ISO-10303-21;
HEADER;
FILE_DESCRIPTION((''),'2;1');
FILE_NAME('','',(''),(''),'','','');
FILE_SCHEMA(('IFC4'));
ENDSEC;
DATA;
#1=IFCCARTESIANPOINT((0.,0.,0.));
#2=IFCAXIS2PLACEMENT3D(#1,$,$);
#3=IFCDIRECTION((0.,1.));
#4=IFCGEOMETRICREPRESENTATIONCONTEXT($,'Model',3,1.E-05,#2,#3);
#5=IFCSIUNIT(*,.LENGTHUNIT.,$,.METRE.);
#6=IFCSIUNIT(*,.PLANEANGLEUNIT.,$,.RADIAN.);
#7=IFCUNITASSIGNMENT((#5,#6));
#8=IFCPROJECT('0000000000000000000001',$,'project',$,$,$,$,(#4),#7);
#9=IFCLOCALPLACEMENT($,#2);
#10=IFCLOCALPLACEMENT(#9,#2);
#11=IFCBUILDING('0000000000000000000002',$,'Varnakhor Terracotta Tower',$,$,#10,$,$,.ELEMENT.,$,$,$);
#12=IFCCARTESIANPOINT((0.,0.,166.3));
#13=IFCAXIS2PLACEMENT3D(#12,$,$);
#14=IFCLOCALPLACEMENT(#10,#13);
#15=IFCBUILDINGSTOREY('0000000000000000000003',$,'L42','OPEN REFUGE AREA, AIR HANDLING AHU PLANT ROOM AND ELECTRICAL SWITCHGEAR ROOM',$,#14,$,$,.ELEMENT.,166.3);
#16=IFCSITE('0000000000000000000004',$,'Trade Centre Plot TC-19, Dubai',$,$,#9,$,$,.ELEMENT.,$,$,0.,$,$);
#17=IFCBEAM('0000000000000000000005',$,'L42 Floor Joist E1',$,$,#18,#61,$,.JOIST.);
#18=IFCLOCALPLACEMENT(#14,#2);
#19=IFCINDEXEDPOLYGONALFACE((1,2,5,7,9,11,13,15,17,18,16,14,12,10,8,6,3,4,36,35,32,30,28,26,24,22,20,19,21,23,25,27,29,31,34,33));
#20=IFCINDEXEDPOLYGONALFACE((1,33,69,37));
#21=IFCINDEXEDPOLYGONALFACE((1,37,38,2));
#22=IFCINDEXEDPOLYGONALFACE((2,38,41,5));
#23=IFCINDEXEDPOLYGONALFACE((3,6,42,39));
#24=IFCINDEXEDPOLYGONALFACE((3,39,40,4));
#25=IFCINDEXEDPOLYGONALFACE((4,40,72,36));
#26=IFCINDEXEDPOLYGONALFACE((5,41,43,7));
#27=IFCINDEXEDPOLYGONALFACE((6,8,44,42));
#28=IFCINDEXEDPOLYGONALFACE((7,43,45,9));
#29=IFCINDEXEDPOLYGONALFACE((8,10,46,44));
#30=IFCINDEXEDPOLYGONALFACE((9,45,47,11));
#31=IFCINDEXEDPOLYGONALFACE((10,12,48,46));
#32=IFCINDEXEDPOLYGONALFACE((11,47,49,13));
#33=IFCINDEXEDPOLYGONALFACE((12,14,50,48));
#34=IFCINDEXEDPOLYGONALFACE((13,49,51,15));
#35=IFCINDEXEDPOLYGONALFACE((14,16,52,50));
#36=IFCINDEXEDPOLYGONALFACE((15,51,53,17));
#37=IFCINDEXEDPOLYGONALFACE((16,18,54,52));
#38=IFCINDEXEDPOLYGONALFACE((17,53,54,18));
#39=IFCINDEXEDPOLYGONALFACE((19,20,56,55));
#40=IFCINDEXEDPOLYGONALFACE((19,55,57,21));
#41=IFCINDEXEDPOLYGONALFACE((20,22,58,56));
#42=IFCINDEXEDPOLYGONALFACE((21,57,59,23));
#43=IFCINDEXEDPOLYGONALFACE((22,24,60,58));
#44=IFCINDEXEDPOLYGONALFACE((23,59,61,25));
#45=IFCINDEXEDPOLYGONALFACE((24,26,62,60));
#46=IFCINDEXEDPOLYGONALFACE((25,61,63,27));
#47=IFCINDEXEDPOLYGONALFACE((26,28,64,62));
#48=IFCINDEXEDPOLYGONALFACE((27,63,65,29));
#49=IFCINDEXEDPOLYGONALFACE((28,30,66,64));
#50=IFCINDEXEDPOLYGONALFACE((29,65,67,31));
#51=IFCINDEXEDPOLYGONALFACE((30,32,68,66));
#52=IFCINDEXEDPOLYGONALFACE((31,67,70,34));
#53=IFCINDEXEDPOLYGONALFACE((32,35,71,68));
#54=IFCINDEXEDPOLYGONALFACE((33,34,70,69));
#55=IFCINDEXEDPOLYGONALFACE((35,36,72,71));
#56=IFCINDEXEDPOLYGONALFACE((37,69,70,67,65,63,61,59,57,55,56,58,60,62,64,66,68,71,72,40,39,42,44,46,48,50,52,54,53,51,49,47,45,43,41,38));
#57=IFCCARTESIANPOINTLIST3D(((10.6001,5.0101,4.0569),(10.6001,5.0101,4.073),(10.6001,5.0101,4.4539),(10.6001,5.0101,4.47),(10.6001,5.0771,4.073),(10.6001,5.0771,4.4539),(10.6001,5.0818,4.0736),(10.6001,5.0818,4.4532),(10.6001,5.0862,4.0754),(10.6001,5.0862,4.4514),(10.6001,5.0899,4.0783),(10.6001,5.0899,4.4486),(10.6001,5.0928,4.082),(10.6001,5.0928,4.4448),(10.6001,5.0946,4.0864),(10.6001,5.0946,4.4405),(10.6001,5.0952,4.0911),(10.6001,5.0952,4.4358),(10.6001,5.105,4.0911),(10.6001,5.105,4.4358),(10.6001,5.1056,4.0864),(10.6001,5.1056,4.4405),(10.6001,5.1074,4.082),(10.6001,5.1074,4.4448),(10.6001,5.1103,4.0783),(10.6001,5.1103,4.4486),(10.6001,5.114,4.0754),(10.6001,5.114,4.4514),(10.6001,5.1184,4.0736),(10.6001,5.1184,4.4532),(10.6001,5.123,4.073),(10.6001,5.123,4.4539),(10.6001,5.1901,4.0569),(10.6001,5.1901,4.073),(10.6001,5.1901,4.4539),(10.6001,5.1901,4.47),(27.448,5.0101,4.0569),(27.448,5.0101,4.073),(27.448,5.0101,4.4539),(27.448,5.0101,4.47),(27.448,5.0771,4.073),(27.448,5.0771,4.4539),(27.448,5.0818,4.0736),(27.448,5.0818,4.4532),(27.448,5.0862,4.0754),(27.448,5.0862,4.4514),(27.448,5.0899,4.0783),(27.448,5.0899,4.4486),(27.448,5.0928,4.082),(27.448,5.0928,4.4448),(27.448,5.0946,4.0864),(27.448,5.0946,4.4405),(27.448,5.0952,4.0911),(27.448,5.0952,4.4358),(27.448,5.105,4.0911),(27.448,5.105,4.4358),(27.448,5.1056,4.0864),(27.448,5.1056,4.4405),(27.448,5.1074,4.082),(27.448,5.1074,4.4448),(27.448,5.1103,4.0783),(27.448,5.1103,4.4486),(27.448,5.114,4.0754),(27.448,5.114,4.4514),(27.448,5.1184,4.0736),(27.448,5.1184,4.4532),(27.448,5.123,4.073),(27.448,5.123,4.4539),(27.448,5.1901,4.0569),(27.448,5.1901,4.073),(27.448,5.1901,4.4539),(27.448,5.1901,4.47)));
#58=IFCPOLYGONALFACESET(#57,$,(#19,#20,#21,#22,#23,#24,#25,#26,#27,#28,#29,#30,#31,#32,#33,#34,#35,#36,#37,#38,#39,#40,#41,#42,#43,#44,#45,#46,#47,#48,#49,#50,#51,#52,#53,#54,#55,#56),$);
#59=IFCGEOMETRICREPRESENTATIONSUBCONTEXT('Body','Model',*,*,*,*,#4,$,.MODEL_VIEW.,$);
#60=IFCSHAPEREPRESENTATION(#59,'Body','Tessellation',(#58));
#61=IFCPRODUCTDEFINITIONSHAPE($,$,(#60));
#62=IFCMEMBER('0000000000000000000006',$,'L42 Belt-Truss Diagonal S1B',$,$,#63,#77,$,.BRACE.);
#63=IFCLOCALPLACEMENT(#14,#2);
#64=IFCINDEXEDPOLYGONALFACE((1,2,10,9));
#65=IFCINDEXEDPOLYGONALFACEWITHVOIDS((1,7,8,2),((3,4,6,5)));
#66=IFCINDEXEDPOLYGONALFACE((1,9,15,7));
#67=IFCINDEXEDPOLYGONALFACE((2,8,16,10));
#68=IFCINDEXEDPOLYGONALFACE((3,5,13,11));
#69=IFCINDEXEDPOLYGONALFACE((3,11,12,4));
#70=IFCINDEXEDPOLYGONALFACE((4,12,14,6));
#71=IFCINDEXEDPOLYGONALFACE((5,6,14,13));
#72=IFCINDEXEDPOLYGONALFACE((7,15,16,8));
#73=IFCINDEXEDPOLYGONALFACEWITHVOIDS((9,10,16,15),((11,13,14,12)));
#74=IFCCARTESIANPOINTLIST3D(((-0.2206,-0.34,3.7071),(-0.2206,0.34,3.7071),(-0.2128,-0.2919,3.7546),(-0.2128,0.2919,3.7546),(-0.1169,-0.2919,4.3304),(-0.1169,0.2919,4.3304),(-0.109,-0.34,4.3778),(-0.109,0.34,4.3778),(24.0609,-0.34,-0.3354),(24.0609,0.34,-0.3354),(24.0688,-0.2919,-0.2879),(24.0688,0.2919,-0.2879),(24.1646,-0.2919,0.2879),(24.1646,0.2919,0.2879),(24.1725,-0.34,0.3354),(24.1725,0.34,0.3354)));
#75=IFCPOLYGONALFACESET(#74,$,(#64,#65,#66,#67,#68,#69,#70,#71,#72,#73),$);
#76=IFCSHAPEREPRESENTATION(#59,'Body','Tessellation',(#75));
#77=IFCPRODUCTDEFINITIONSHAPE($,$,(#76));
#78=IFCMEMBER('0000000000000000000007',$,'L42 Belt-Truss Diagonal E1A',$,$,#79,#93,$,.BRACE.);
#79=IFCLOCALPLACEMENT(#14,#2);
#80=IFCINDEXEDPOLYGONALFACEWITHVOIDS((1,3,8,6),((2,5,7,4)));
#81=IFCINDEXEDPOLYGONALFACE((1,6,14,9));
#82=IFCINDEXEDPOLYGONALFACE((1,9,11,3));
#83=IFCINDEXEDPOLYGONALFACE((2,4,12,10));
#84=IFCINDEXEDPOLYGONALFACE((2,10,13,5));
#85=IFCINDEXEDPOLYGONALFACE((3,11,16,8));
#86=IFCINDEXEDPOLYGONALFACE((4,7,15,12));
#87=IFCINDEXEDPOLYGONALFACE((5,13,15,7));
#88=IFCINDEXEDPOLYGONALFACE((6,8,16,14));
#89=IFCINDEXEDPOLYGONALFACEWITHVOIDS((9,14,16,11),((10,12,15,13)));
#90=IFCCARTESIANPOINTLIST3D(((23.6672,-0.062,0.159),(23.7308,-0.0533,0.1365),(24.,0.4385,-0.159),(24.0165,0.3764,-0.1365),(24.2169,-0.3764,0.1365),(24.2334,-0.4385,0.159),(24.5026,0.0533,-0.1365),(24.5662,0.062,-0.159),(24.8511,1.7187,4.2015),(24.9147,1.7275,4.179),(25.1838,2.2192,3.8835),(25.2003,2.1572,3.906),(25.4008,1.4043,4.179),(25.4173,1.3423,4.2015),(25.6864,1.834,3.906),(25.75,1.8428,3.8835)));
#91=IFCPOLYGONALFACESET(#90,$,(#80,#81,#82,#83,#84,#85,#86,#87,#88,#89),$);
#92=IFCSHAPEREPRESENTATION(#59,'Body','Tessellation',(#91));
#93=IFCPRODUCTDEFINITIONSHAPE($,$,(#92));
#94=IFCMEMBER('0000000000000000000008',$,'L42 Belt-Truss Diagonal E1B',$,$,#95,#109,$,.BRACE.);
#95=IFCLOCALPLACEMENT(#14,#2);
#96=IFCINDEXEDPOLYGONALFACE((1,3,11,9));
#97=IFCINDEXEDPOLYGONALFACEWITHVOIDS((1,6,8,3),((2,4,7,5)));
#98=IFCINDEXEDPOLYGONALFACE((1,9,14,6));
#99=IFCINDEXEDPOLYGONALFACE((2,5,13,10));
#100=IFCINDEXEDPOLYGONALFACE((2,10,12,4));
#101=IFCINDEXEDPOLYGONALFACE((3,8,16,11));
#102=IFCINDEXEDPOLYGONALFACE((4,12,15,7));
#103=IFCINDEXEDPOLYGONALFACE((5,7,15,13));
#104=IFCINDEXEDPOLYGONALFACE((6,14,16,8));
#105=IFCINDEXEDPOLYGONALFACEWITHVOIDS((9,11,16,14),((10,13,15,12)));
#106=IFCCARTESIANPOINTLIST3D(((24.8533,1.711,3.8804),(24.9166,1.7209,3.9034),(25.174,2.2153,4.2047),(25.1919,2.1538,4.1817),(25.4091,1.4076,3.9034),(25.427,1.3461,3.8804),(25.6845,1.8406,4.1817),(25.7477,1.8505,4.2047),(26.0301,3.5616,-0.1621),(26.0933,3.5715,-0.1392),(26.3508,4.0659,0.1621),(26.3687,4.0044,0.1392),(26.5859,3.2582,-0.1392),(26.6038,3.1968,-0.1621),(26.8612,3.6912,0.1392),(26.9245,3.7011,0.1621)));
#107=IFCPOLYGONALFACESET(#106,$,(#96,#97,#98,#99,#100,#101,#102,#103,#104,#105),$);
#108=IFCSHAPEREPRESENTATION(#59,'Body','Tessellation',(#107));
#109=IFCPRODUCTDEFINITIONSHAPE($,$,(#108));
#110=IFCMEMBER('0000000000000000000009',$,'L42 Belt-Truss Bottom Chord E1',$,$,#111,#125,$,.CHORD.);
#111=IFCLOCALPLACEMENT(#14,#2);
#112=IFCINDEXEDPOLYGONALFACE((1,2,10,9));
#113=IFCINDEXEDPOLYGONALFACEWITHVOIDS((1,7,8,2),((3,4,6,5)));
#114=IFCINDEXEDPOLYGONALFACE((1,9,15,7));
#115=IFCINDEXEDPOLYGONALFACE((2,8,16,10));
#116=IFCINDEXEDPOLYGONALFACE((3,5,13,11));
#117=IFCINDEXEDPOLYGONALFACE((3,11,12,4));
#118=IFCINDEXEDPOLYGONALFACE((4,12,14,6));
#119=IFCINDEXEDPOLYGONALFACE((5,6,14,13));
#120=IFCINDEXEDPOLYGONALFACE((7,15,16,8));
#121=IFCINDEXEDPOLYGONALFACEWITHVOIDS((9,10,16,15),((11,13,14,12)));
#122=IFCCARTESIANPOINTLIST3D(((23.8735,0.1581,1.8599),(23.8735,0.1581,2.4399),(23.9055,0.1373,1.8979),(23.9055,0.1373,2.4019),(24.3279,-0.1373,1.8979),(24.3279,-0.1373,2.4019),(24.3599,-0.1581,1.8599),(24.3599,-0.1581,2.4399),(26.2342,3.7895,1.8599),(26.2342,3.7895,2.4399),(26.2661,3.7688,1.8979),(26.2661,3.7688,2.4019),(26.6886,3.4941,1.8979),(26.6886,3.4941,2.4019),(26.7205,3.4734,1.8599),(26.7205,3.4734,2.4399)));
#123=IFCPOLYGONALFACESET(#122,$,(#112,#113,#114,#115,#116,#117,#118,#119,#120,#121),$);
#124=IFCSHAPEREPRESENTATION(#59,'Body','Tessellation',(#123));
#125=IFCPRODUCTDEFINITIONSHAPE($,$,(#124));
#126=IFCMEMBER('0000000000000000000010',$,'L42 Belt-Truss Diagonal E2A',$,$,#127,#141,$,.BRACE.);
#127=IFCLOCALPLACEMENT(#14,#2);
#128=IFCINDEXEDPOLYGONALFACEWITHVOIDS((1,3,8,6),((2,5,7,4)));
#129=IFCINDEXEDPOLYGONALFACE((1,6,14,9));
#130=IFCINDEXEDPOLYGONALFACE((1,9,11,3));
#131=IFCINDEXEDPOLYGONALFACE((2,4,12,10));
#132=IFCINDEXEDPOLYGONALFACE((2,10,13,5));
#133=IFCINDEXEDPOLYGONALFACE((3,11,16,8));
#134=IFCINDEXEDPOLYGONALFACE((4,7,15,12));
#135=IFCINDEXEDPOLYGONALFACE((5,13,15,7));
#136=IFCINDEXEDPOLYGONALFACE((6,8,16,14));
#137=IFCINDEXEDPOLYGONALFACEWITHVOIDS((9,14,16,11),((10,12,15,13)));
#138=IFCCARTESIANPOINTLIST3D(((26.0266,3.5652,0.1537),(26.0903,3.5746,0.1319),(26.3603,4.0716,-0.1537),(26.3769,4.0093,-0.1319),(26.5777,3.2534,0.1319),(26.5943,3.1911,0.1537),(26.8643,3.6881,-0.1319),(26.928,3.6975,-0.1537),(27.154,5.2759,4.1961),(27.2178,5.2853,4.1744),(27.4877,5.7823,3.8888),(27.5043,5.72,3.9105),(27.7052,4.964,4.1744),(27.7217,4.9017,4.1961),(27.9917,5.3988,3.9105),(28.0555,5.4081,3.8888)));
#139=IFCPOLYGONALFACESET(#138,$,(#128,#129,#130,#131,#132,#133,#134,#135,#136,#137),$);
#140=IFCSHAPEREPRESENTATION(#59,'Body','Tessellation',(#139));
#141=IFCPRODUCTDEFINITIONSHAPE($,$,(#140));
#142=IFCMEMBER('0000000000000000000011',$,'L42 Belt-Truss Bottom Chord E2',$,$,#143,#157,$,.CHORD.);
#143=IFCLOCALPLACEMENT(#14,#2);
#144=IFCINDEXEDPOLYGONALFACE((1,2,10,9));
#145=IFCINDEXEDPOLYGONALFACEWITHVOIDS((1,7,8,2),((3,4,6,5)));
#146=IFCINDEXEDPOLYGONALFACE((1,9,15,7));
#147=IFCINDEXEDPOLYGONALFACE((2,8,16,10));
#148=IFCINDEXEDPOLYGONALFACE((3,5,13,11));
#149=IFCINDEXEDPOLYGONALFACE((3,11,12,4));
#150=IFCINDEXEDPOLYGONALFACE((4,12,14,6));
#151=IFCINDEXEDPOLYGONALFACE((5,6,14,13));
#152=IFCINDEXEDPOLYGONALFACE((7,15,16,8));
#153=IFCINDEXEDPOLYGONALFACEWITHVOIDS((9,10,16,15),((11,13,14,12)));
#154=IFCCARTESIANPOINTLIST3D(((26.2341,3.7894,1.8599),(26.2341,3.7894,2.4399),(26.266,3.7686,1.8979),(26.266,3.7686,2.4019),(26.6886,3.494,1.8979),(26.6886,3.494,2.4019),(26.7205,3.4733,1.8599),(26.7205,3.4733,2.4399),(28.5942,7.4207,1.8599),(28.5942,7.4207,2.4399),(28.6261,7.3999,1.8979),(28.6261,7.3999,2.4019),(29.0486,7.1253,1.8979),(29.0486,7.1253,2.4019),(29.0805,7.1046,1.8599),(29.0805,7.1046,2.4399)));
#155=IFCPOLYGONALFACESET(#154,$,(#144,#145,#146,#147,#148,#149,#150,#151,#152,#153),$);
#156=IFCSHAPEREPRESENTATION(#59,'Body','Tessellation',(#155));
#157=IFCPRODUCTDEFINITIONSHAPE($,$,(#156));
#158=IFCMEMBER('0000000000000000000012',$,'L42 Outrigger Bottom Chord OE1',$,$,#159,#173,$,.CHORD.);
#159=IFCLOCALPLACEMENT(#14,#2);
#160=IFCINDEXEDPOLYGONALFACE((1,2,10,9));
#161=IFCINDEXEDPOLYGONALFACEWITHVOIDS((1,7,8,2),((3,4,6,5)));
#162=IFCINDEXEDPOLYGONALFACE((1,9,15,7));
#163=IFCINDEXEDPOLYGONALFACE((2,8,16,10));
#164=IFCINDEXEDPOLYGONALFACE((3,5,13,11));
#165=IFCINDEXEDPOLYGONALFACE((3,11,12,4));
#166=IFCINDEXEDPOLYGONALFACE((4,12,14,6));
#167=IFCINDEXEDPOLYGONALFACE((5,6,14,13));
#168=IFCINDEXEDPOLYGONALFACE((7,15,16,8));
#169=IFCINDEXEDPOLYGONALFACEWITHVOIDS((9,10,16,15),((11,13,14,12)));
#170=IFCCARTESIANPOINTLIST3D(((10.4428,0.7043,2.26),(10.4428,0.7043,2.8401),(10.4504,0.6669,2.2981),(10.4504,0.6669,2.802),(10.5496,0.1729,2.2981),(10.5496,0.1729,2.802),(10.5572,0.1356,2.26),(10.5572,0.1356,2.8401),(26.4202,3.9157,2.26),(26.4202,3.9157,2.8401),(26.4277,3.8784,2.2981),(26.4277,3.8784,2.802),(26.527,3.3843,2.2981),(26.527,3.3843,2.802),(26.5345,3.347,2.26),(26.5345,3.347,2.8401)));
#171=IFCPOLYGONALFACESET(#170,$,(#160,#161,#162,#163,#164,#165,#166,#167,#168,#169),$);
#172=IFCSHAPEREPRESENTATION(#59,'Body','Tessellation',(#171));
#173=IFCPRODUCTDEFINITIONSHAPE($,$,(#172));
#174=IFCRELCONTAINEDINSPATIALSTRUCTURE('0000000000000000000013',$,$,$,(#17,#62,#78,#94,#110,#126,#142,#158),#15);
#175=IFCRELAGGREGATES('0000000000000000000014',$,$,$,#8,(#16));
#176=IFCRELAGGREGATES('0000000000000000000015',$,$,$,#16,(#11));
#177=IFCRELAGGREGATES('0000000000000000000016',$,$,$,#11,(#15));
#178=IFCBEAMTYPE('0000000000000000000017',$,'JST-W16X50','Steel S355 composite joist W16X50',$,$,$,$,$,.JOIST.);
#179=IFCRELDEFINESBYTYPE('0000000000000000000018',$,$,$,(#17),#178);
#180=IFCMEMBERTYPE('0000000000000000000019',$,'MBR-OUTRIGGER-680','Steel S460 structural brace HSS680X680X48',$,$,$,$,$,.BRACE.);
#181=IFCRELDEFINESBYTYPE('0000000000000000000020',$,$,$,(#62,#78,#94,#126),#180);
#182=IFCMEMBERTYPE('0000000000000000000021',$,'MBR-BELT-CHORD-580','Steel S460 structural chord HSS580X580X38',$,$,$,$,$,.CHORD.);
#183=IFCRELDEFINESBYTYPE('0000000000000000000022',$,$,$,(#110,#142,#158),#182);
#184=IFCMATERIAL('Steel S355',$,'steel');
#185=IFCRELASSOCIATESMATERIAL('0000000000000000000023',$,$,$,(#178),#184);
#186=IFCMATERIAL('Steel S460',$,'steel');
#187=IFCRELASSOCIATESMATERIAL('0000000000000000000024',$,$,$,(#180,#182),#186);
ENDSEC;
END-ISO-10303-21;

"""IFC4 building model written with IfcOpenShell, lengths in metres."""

from ifc_helpers import new_model, si_unit, direction, frame, origin, origin_2d, place, context, subcontext, project, spatial, hollow_rectangle, i_section, extrude, source, transform, mapped, material, material_profile, profile_set, type_object, element, save


model = new_model("IFC4")

# Units and contexts
model_context = context("Model", 3, precision=1e-05, world=origin(), true_north=direction((0.0, 1.0)))
body_context = subcontext(model_context, "Body", "Model", "MODEL_VIEW")
ifc_project = project(units=[si_unit("LENGTHUNIT", "METRE"), si_unit("PLANEANGLEUNIT", "RADIAN")], contexts=[model_context])

# Site, building, storey
site_placement = place(None, origin())
site = spatial("IfcSite", under=ifc_project, at=site_placement, Name="Trade Centre Plot TC-19, Dubai", CompositionType="ELEMENT", RefElevation=0.0)
building_placement = place(site_placement, origin())
building = spatial("IfcBuilding", under=site, at=building_placement, Name="Varnakhor Terracotta Tower", CompositionType="ELEMENT")
storey_placement = place(building_placement, frame((0.0, 0.0, 166.3)))
storey = spatial("IfcBuildingStorey", under=building, at=storey_placement, Name="L42", Description="OPEN REFUGE AREA, AIR HANDLING AHU PLANT ROOM AND ELECTRICAL SWITCHGEAR ROOM", CompositionType="ELEMENT", Elevation=166.3)

# Shared definitions
ifc_material_1 = material(Name="Steel S460", Category="steel")

# Beam
ifc_material_2 = material(Name="Steel S355", Category="steel")
ifc_material_profile_1 = material_profile(ifc_material_2, i_section(OverallWidth=0.1799, OverallDepth=0.4131, WebThickness=0.0098, FlangeThickness=0.0161, FilletRadius=0.0181, at=origin_2d()), Name="W16X50")
ifc_profile_set_1 = profile_set([ifc_material_profile_1], Name="Steel S355")
beam_type_1 = type_object("IfcBeamType", Name="JST-W16X50", Description="Steel S355 composite joist W16X50", PredefinedType="JOIST", material=ifc_profile_set_1)
shared_shape_1 = source(origin(), body_context, "Body", "SweptSolid", [
    extrude(i_section(OverallWidth=0.1799, OverallDepth=0.4131, WebThickness=0.0098, FlangeThickness=0.0161, FilletRadius=0.0181, at=origin_2d()), origin(), (0.0, 0.0, 1.0), 16.8479),
])
beam_1_placement = place(storey_placement, frame((10.6001, 5.1001, 4.2634), z_axis=(1.0, 0.0, 0.0), x_axis=(0.0, 1.0, 0.0)))
element("IfcBeam", 1, at=beam_1_placement, inside=storey, type_object=beam_type_1, Name="L42 Floor Joist E1", PredefinedType="JOIST", context=body_context, shape_type="MappedRepresentation", body=[
    mapped(shared_shape_1, transform((0.0, 0.0, 0.0), scale=1.0)),
])

# Members
ifc_material_profile_2 = material_profile(ifc_material_1, hollow_rectangle(XDim=0.6799, YDim=0.6799, WallThickness=0.0481, at=origin_2d()), Name="HSS680X680X48")
ifc_profile_set_2 = profile_set([ifc_material_profile_2], Name="Steel S460")
member_type_1 = type_object("IfcMemberType", Name="MBR-OUTRIGGER-680", Description="Steel S460 structural brace HSS680X680X48", PredefinedType="BRACE", material=ifc_profile_set_2)
shared_shape_2 = source(origin(), body_context, "Body", "SweptSolid", [
    extrude(hollow_rectangle(XDim=0.6799, YDim=0.6799, WallThickness=0.0481, at=origin_2d()), origin(), (0.0, 0.0, 1.0), 24.6157),
])
member_1_placement = place(storey_placement, frame((24.1167, 0.0, 0.0), z_axis=(-0.986423, 0.0, 0.164224), x_axis=(0.0, -1.0, 0.0)))
element("IfcMember", 2, at=member_1_placement, inside=storey, type_object=member_type_1, Name="L42 Belt-Truss Diagonal S1B", PredefinedType="BRACE", context=body_context, shape_type="MappedRepresentation", body=[
    mapped(shared_shape_2, transform((0.0, 0.0, 0.0), scale=1.0)),
])
shared_shape_3 = source(origin(), body_context, "Body", "SweptSolid", [
    extrude(hollow_rectangle(XDim=0.6799, YDim=0.6799, WallThickness=0.0481, at=origin_2d()), origin(), (0.0, 0.0, 1.0), 4.5732),
])
member_2_placement = place(storey_placement, frame((24.1167, 0.0, 0.0), z_axis=(0.258864, 0.38939, 0.883948), x_axis=(-0.83277, 0.553619, 0.0)))
element("IfcMember", 3, at=member_2_placement, inside=storey, type_object=member_type_1, Name="L42 Belt-Truss Diagonal E1A", PredefinedType="BRACE", context=body_context, shape_type="MappedRepresentation", body=[
    mapped(shared_shape_3, transform((0.0, 0.0, 0.0), scale=1.0)),
])
shared_shape_4 = source(origin(), body_context, "Body", "SweptSolid", [
    extrude(hollow_rectangle(XDim=0.6799, YDim=0.6799, WallThickness=0.0481, at=origin_2d()), origin(), (0.0, 0.0, 1.0), 4.5991),
])
member_3_placement = place(storey_placement, frame((26.4773, 3.6313, 0.0), z_axis=(-0.255871, -0.402386, 0.878985), x_axis=(0.843845, -0.536587, 0.0)))
element("IfcMember", 4, at=member_3_placement, inside=storey, type_object=member_type_1, Name="L42 Belt-Truss Diagonal E1B", PredefinedType="BRACE", context=body_context, shape_type="MappedRepresentation", body=[
    mapped(shared_shape_4, transform((0.0, 0.0, 0.0), scale=1.0)),
])
ifc_material_profile_3 = material_profile(ifc_material_1, hollow_rectangle(XDim=0.5801, YDim=0.5801, WallThickness=0.0381, at=origin_2d()), Name="HSS580X580X38")
ifc_profile_set_3 = profile_set([ifc_material_profile_3], Name="Steel S460")
member_type_2 = type_object("IfcMemberType", Name="MBR-BELT-CHORD-580", Description="Steel S460 structural chord HSS580X580X38", PredefinedType="CHORD", material=ifc_profile_set_3)
shared_shape_5 = source(origin(), body_context, "Body", "SweptSolid", [
    extrude(hollow_rectangle(XDim=0.5801, YDim=0.5801, WallThickness=0.0381, at=origin_2d()), origin(), (0.0, 0.0, 1.0), 4.3313),
])
member_4_placement = place(storey_placement, frame((24.1167, 0.0, 2.1499), z_axis=(0.545024, 0.83842, 0.0), x_axis=(-0.83842, 0.545024, 0.0)))
element("IfcMember", 5, at=member_4_placement, inside=storey, type_object=member_type_2, Name="L42 Belt-Truss Bottom Chord E1", PredefinedType="CHORD", context=body_context, shape_type="MappedRepresentation", body=[
    mapped(shared_shape_5, transform((0.0, 0.0, 0.0), scale=1.0)),
])
shared_shape_6 = source(origin(), body_context, "Body", "SweptSolid", [
    extrude(hollow_rectangle(XDim=0.6799, YDim=0.6799, WallThickness=0.0481, at=origin_2d()), origin(), (0.0, 0.0, 1.0), 4.532),
])
member_5_placement = place(storey_placement, frame((26.4773, 3.6313, 0.0), z_axis=(0.248772, 0.377468, 0.891981), x_axis=(-0.834972, 0.550293, 0.0)))
element("IfcMember", 6, at=member_5_placement, inside=storey, type_object=member_type_1, Name="L42 Belt-Truss Diagonal E2A", PredefinedType="BRACE", context=body_context, shape_type="MappedRepresentation", body=[
    mapped(shared_shape_6, transform((0.0, 0.0, 0.0), scale=1.0)),
])
shared_shape_7 = source(origin(), body_context, "Body", "SweptSolid", [
    extrude(hollow_rectangle(XDim=0.5801, YDim=0.5801, WallThickness=0.0381, at=origin_2d()), origin(), (0.0, 0.0, 1.0), 4.3308),
])
member_6_placement = place(storey_placement, frame((26.4773, 3.6313, 2.1499), z_axis=(0.544945, 0.838472, 0.0), x_axis=(-0.838472, 0.544945, 0.0)))
element("IfcMember", 7, at=member_6_placement, inside=storey, type_object=member_type_2, Name="L42 Belt-Truss Bottom Chord E2", PredefinedType="CHORD", context=body_context, shape_type="MappedRepresentation", body=[
    mapped(shared_shape_7, transform((0.0, 0.0, 0.0), scale=1.0)),
])
shared_shape_8 = source(origin(), body_context, "Body", "SweptSolid", [
    extrude(hollow_rectangle(XDim=0.5801, YDim=0.5801, WallThickness=0.0381, at=origin_2d()), origin(), (0.0, 0.0, 1.0), 16.2969),
])
member_7_placement = place(storey_placement, frame((10.5, 0.4199, 2.55), z_axis=(0.980392, 0.197058, 0.0), x_axis=(-0.197058, 0.980392, 0.0)))
element("IfcMember", 8, at=member_7_placement, inside=storey, type_object=member_type_2, Name="L42 Outrigger Bottom Chord OE1", PredefinedType="CHORD", context=body_context, shape_type="MappedRepresentation", body=[
    mapped(shared_shape_8, transform((0.0, 0.0, 0.0), scale=1.0)),
])

save(model, "model.ifc")
